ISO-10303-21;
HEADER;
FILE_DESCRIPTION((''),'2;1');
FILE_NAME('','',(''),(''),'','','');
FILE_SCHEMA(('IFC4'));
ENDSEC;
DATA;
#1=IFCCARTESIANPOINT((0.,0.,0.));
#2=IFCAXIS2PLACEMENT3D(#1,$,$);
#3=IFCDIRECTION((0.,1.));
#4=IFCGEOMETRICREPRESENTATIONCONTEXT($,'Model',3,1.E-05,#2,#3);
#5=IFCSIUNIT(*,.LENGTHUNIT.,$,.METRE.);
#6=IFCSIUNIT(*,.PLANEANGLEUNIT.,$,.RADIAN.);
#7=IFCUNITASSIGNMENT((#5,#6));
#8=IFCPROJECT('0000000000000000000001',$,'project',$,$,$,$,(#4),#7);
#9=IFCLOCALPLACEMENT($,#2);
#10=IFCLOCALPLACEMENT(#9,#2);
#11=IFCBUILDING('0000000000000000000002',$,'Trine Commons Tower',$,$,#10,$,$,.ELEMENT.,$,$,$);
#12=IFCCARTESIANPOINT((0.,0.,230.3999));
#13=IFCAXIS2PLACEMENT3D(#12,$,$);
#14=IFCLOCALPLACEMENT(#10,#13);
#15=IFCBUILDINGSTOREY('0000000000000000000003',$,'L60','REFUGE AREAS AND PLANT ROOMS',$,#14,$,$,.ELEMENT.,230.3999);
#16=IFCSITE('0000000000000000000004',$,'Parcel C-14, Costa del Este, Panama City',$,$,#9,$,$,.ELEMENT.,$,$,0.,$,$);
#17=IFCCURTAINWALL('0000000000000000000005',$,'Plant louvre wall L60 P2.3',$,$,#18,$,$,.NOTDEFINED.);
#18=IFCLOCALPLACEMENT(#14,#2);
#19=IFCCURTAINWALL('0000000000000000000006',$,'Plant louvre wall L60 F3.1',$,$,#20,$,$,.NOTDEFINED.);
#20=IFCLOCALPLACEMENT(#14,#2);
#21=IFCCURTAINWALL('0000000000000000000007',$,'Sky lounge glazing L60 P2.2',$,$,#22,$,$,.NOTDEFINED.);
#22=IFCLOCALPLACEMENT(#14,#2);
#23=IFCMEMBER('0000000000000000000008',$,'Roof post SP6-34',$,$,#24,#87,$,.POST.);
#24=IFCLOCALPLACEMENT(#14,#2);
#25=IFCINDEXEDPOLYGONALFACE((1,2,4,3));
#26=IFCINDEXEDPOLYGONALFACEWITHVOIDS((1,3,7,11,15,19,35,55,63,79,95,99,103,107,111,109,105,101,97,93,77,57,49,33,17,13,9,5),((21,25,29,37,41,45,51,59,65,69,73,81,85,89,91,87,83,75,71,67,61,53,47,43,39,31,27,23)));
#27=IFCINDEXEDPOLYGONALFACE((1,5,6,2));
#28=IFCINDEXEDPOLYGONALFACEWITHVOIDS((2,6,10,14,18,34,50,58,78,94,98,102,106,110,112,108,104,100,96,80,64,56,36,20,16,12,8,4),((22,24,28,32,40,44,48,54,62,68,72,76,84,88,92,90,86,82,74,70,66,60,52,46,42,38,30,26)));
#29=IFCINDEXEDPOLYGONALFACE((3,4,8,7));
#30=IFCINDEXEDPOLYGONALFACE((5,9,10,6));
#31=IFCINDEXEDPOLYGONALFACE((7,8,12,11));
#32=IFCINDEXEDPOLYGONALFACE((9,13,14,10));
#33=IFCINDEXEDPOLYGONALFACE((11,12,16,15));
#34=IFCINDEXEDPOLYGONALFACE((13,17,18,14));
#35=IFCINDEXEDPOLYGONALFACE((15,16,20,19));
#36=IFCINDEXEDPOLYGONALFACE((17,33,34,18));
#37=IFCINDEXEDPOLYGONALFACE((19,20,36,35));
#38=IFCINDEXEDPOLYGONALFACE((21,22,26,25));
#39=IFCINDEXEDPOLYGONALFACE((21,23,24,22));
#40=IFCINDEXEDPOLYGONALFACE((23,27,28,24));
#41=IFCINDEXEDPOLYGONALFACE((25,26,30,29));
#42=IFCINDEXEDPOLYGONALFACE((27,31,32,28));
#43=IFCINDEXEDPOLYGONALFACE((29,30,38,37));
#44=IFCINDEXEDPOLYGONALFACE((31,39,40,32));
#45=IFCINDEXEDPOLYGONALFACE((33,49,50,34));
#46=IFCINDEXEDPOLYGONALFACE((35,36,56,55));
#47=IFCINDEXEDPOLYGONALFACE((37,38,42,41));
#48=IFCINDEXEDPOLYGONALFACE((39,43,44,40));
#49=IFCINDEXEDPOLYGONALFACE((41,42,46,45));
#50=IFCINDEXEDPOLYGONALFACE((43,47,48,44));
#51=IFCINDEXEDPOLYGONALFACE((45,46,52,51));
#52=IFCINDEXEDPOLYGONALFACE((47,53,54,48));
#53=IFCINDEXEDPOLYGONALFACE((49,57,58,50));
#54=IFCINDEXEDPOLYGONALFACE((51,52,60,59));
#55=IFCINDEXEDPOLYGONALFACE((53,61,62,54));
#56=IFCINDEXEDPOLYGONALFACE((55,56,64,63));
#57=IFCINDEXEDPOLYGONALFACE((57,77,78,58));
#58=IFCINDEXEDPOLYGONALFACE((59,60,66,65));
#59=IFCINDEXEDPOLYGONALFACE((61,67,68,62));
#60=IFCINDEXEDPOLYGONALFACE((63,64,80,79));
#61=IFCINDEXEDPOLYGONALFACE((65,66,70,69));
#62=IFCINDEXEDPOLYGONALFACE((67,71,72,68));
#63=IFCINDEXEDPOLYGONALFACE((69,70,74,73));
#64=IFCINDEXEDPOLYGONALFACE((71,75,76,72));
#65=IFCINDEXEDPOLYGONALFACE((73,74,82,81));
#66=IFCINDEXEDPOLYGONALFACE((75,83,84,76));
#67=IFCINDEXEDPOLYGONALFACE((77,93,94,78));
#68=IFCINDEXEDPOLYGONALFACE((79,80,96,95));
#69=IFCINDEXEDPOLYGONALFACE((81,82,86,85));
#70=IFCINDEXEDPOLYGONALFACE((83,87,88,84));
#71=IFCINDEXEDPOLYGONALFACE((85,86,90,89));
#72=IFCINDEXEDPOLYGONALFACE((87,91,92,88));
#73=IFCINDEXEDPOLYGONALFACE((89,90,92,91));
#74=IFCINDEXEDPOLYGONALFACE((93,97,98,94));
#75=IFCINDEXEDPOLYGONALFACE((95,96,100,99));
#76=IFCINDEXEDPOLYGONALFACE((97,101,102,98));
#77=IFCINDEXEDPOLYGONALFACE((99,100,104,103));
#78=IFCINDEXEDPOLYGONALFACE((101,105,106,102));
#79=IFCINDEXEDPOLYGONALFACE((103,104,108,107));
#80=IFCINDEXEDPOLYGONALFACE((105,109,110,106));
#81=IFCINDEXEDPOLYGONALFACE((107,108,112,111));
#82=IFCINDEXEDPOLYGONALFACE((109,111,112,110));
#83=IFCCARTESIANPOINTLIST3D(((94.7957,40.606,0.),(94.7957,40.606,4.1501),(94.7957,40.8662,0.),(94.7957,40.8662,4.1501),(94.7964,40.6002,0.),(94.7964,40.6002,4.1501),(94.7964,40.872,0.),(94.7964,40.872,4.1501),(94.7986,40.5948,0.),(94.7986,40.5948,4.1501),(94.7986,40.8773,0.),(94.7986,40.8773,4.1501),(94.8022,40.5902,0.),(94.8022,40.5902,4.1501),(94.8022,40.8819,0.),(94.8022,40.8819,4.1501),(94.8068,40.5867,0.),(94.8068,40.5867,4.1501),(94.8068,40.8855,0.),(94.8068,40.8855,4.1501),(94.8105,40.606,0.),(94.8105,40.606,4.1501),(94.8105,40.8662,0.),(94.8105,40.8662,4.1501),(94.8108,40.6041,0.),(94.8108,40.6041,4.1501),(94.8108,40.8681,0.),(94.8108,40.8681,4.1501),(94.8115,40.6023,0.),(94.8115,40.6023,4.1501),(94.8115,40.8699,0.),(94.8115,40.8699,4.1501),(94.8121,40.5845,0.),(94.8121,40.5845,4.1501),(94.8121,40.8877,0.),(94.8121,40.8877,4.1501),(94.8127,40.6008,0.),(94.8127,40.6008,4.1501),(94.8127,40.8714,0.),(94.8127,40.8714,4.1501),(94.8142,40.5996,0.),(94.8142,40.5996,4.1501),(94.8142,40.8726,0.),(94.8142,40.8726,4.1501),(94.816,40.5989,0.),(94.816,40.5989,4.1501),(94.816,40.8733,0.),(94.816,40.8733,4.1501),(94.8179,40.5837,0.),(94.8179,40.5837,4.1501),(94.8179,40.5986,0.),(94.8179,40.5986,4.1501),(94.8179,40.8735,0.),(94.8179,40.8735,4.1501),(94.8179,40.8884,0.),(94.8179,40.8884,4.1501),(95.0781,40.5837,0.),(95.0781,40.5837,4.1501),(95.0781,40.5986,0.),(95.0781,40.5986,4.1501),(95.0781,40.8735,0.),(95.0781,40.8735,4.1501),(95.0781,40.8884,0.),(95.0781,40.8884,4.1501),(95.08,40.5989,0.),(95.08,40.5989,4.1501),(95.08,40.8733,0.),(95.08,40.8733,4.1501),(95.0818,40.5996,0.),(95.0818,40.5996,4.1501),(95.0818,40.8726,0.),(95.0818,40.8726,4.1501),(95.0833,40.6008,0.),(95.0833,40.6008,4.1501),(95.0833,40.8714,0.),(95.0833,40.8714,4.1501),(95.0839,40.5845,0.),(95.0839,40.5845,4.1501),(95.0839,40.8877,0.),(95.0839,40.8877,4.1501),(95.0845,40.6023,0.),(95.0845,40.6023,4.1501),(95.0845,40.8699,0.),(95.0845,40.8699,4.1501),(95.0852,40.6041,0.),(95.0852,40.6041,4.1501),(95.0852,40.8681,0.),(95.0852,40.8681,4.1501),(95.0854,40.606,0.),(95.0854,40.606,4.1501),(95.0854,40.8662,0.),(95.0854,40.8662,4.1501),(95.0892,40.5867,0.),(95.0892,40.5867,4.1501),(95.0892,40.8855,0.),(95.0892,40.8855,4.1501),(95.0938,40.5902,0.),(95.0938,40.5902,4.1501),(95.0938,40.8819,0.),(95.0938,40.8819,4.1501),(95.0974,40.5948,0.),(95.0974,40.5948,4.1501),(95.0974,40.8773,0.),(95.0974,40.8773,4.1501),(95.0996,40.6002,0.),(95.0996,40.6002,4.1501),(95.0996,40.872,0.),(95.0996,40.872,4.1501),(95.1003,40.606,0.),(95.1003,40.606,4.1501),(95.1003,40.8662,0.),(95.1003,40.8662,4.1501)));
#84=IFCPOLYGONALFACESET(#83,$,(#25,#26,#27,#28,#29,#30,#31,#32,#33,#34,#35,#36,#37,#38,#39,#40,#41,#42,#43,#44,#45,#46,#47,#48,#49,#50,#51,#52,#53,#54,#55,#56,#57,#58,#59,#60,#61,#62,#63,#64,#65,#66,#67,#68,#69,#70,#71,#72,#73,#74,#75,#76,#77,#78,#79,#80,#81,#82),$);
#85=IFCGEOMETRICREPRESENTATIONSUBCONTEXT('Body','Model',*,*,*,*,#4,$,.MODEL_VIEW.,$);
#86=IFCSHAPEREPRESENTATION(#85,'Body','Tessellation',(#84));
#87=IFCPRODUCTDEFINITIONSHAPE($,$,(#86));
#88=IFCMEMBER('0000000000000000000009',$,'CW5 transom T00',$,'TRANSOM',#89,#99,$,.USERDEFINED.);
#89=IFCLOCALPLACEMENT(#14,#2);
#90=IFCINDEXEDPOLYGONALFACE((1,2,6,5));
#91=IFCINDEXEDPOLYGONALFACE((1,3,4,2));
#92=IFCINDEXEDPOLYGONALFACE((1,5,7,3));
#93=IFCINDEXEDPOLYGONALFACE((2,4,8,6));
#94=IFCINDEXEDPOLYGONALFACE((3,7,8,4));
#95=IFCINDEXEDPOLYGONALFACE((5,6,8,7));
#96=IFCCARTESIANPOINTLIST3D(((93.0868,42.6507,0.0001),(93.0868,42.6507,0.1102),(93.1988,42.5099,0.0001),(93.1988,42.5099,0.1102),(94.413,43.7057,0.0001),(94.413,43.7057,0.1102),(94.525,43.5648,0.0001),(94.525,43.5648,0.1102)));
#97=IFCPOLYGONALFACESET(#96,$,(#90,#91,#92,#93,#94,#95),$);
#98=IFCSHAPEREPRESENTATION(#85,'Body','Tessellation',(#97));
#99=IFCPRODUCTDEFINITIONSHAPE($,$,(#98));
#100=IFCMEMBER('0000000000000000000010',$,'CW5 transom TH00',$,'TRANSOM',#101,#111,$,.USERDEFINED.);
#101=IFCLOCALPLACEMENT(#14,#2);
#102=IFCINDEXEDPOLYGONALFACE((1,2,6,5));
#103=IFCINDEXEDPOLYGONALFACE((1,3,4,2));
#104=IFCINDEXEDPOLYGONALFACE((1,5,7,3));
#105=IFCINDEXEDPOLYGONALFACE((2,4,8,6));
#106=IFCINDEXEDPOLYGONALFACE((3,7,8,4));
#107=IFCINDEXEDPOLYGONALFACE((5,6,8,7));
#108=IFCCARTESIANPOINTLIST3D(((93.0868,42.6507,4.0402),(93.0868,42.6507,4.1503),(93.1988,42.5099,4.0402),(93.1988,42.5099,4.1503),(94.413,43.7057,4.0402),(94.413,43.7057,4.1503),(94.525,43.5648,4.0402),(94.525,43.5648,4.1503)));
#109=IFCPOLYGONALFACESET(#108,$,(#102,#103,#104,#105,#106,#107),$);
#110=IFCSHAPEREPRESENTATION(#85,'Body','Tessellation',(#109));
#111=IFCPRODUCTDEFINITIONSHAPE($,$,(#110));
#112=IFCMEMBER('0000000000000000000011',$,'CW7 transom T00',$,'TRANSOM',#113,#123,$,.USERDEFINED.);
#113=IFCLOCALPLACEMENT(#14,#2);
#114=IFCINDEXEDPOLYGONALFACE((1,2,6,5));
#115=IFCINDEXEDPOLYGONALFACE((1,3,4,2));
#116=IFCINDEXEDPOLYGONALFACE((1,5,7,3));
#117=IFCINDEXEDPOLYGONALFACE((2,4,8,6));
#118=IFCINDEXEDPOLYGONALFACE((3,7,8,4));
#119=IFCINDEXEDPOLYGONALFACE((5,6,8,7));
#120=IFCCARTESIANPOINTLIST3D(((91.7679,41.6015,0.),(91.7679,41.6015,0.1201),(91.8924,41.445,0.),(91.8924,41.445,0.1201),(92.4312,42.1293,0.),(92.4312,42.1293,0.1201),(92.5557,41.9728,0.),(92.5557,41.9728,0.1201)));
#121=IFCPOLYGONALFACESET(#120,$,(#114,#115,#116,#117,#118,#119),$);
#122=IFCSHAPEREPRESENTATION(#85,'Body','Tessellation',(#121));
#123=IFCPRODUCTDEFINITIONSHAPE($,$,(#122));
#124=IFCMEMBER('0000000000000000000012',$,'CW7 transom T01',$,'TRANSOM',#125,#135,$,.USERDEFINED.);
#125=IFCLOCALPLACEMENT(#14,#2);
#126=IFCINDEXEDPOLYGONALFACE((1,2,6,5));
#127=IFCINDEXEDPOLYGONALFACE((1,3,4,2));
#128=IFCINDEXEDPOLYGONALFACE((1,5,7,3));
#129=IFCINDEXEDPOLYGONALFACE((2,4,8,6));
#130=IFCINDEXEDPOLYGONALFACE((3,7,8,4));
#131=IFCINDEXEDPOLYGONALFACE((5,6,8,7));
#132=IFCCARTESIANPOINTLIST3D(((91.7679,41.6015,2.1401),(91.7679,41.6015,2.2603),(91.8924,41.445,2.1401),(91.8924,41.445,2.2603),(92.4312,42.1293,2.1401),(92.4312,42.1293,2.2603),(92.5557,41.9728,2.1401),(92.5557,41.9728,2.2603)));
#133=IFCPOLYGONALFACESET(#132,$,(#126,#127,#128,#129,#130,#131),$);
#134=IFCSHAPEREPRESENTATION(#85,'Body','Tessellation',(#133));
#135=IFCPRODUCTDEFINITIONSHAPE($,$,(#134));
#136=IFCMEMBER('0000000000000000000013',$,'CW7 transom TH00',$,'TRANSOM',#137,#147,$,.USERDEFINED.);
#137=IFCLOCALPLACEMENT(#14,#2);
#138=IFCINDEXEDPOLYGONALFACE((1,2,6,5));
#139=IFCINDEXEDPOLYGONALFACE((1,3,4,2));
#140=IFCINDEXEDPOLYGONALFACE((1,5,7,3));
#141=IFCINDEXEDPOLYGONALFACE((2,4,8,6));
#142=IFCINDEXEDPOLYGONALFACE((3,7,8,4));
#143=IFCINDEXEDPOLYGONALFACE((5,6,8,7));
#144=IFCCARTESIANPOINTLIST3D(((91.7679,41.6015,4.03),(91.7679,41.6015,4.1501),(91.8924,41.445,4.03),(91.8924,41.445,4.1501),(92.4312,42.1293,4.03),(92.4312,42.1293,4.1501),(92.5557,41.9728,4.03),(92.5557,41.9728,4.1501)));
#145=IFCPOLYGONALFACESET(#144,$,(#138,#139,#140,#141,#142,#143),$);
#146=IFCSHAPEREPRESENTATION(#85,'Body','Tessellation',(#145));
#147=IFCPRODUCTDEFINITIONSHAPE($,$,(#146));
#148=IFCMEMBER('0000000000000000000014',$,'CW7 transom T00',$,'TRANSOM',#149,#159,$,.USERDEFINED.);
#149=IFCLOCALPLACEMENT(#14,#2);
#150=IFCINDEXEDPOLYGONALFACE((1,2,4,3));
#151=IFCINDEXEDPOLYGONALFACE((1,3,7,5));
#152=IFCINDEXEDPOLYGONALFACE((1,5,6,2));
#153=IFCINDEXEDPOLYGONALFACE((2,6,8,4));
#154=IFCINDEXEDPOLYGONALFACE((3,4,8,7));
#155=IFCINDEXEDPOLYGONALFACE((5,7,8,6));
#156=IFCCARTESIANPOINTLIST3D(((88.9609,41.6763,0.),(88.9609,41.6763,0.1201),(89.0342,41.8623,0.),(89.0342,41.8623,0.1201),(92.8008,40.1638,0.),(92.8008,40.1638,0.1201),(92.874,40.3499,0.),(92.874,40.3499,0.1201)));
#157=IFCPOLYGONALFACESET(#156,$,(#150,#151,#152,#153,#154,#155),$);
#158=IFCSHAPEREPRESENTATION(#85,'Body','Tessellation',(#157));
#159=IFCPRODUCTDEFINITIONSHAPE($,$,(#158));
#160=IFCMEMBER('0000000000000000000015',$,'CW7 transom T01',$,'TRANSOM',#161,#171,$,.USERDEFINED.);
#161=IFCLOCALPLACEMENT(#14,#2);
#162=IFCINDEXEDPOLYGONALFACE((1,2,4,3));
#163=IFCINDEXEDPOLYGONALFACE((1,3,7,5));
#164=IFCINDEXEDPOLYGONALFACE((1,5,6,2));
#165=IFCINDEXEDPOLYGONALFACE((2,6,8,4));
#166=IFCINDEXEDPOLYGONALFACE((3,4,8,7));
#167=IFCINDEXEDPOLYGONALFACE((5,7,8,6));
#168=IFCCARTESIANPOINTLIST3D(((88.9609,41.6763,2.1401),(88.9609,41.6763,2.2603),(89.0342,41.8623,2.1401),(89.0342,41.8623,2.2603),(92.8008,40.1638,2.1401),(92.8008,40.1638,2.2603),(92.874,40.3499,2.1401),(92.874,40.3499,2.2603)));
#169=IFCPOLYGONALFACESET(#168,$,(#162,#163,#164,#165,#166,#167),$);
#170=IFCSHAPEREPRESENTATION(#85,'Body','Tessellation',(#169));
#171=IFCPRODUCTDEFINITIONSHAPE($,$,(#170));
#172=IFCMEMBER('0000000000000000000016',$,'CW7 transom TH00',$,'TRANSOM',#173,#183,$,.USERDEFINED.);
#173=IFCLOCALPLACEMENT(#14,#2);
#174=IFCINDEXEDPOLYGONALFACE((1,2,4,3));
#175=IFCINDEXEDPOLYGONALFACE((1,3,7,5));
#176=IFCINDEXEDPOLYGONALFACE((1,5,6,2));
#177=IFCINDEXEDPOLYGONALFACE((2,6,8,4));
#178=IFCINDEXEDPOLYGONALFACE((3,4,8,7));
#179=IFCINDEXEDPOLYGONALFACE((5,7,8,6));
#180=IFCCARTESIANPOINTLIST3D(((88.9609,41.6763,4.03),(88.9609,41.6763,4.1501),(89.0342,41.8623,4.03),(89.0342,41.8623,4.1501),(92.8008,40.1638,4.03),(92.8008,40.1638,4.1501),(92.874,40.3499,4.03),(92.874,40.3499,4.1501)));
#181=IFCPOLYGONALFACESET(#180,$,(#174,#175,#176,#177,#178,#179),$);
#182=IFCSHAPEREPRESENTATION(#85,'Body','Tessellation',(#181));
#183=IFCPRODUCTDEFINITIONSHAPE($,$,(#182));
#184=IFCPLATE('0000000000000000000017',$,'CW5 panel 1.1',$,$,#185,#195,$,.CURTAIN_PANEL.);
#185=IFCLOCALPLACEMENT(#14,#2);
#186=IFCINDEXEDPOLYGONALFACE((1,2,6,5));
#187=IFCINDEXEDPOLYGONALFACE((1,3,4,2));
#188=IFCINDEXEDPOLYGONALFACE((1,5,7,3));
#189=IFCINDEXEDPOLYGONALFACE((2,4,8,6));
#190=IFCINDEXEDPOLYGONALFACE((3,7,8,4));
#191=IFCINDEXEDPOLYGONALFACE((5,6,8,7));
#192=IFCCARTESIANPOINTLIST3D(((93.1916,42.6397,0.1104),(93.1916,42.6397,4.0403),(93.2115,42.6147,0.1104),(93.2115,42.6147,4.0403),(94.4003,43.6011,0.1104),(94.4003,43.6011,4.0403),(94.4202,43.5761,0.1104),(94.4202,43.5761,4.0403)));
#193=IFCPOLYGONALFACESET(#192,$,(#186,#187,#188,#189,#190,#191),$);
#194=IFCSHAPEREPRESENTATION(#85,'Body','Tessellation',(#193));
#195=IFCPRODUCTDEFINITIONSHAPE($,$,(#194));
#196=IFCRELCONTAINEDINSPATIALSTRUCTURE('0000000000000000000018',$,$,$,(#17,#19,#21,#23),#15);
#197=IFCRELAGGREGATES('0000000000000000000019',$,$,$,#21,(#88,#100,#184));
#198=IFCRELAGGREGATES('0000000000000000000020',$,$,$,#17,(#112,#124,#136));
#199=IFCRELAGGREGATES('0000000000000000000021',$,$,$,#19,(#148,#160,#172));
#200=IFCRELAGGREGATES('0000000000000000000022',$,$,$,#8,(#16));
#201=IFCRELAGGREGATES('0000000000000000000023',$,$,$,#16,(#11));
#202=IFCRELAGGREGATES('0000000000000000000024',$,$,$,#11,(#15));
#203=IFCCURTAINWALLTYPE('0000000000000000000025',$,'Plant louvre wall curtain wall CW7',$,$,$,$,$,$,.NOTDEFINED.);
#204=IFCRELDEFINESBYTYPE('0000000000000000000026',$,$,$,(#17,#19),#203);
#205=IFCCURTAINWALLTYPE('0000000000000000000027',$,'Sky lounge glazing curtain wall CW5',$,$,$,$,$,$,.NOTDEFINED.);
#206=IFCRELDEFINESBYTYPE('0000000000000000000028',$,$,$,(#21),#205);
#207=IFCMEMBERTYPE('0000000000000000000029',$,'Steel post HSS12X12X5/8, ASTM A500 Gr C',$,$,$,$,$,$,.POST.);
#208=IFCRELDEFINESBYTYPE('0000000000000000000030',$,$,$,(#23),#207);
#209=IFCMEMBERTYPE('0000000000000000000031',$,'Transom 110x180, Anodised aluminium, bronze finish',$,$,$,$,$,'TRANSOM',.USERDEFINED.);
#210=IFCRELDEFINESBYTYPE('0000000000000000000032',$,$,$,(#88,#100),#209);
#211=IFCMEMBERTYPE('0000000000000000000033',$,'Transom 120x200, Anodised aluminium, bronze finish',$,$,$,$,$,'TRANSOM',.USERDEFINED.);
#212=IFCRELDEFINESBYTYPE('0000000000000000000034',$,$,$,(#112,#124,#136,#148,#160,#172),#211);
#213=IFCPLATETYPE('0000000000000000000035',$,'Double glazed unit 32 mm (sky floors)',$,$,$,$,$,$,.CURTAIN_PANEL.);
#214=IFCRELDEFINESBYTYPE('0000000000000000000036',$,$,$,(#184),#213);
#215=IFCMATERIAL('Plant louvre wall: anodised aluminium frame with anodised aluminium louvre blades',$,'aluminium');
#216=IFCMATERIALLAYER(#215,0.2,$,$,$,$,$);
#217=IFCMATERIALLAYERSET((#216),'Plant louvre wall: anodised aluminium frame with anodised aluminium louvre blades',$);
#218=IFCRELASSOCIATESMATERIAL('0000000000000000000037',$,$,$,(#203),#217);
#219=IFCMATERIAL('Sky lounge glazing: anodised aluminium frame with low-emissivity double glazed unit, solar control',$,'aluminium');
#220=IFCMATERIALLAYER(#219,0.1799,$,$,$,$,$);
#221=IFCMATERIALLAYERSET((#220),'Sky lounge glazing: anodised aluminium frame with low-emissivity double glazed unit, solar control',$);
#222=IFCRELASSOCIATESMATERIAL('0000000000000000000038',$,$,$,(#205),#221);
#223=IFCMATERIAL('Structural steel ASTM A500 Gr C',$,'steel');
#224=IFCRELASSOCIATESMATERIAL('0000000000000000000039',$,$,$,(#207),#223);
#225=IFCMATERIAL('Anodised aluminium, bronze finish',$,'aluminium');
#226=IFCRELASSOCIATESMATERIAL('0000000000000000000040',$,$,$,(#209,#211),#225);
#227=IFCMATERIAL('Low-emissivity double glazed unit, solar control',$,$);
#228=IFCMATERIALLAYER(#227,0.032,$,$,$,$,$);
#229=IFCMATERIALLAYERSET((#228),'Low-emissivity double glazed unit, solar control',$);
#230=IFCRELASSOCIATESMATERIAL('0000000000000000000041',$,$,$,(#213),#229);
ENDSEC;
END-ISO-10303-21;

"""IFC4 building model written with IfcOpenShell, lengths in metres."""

from ifc_helpers import new_model, si_unit, direction, frame, origin, origin_2d, place, context, subcontext, project, spatial, rectangle, hollow_rectangle, extrude, material, layer, layer_set, material_profile, profile_set, type_object, element, aggregate, save


model = new_model("IFC4")

# Units and contexts
model_context = context("Model", 3, precision=1e-05, world=origin(), true_north=direction((0.0, 1.0)))
body_context = subcontext(model_context, "Body", "Model", "MODEL_VIEW")
ifc_project = project(units=[si_unit("LENGTHUNIT", "METRE"), si_unit("PLANEANGLEUNIT", "RADIAN")], contexts=[model_context])

# Site, building, storey
site_placement = place(None, origin())
site = spatial("IfcSite", under=ifc_project, at=site_placement, Name="Parcel C-14, Costa del Este, Panama City", CompositionType="ELEMENT", RefElevation=0.0)
building_placement = place(site_placement, origin())
building = spatial("IfcBuilding", under=site, at=building_placement, Name="Trine Commons Tower", CompositionType="ELEMENT")
storey_placement = place(building_placement, frame((0.0, 0.0, 230.3999)))
storey = spatial("IfcBuildingStorey", under=building, at=storey_placement, Name="L60", Description="REFUGE AREAS AND PLANT ROOMS", CompositionType="ELEMENT", Elevation=230.3999)

# Curtain walls
ifc_material_1 = material(Name="Plant louvre wall: anodised aluminium frame with anodised aluminium louvre blades", Category="aluminium")
ifc_layer_1 = layer(ifc_material_1, 0.2)
ifc_layer_set_1 = layer_set([ifc_layer_1], Name="Plant louvre wall: anodised aluminium frame with anodised aluminium louvre blades")
curtain_wall_type_1 = type_object("IfcCurtainWallType", Name="Plant louvre wall curtain wall CW7", PredefinedType="NOTDEFINED", material=ifc_layer_set_1)
ifc_material_2 = material(Name="Anodised aluminium, bronze finish", Category="aluminium")
curtain_wall_1_placement = place(storey_placement, origin())
curtain_wall_1 = element("IfcCurtainWall", 1, at=curtain_wall_1_placement, inside=storey, type_object=curtain_wall_type_1, Name="Plant louvre wall L60 P2.3", PredefinedType="NOTDEFINED")
curtain_wall_2_placement = place(storey_placement, origin())
curtain_wall_2 = element("IfcCurtainWall", 2, at=curtain_wall_2_placement, inside=storey, type_object=curtain_wall_type_1, Name="Plant louvre wall L60 F3.1", PredefinedType="NOTDEFINED")
ifc_material_3 = material(Name="Sky lounge glazing: anodised aluminium frame with low-emissivity double glazed unit, solar control", Category="aluminium")
ifc_layer_2 = layer(ifc_material_3, 0.1799)
ifc_layer_set_2 = layer_set([ifc_layer_2], Name="Sky lounge glazing: anodised aluminium frame with low-emissivity double glazed unit, solar control")
curtain_wall_type_2 = type_object("IfcCurtainWallType", Name="Sky lounge glazing curtain wall CW5", PredefinedType="NOTDEFINED", material=ifc_layer_set_2)
curtain_wall_3_placement = place(storey_placement, origin())
curtain_wall_3 = element("IfcCurtainWall", 3, at=curtain_wall_3_placement, inside=storey, type_object=curtain_wall_type_2, Name="Sky lounge glazing L60 P2.2", PredefinedType="NOTDEFINED")

# Member
ifc_material_4 = material(Name="Structural steel ASTM A500 Gr C", Category="steel")
ifc_material_profile_1 = material_profile(ifc_material_4, hollow_rectangle(XDim=0.3047, YDim=0.3047, WallThickness=0.0149, InnerFilletRadius=0.0073, OuterFilletRadius=0.0222, at=origin_2d()), Name="HSS12X12X5/8")
ifc_profile_set_1 = profile_set([ifc_material_profile_1], Name="Structural steel ASTM A500 Gr C")
member_type_1 = type_object("IfcMemberType", Name="Steel post HSS12X12X5/8, ASTM A500 Gr C", PredefinedType="POST", material=ifc_profile_set_1)
member_1_placement = place(storey_placement, frame((94.948, 40.7361, 0.0), z_axis=(0.0, 0.0, 1.0), x_axis=(1.0, 0.0, 0.0)))
element("IfcMember", 4, at=member_1_placement, inside=storey, type_object=member_type_1, Name="Roof post SP6-34", PredefinedType="POST", context=body_context, shape_type="SweptSolid", body=[
    extrude(hollow_rectangle(XDim=0.3047, YDim=0.3047, WallThickness=0.0149, InnerFilletRadius=0.0073, OuterFilletRadius=0.0222, at=origin_2d()), origin(), (0.0, 0.0, 1.0), 4.1501),
])

# Members
ifc_material_profile_2 = material_profile(ifc_material_2, rectangle(XDim=0.1799, YDim=0.1101, at=origin_2d()), Name="Transom 110x180")
ifc_profile_set_2 = profile_set([ifc_material_profile_2], Name="Anodised aluminium, bronze finish")
member_type_2 = type_object("IfcMemberType", Name="Transom 110x180, Anodised aluminium, bronze finish", ElementType="TRANSOM", PredefinedType="USERDEFINED", material=ifc_profile_set_2)
member_2_placement = place(storey_placement, frame((94.469, 43.6353, 0.0552), z_axis=(-0.782595, -0.622532, 0.0), x_axis=(0.622532, -0.782595, 0.0)))
member_2 = element("IfcMember", 5, at=member_2_placement, type_object=member_type_2, Name="CW5 transom T00", ObjectType="TRANSOM", PredefinedType="USERDEFINED", context=body_context, shape_type="SweptSolid", body=[
    extrude(rectangle(XDim=0.1799, YDim=0.1101, at=origin_2d()), origin(), (0.0, 0.0, 1.0), 1.6946),
])
member_3_placement = place(storey_placement, frame((94.469, 43.6353, 4.0952), z_axis=(-0.782595, -0.622532, 0.0), x_axis=(0.622532, -0.782595, 0.0)))
member_3 = element("IfcMember", 6, at=member_3_placement, type_object=member_type_2, Name="CW5 transom TH00", ObjectType="TRANSOM", PredefinedType="USERDEFINED", context=body_context, shape_type="SweptSolid", body=[
    extrude(rectangle(XDim=0.1799, YDim=0.1101, at=origin_2d()), origin(), (0.0, 0.0, 1.0), 1.6946),
])
ifc_material_profile_3 = material_profile(ifc_material_2, rectangle(XDim=0.2, YDim=0.1201, at=origin_2d()), Name="Transom 120x200")
ifc_profile_set_3 = profile_set([ifc_material_profile_3], Name="Anodised aluminium, bronze finish")
member_type_3 = type_object("IfcMemberType", Name="Transom 120x200, Anodised aluminium, bronze finish", ElementType="TRANSOM", PredefinedType="USERDEFINED", material=ifc_profile_set_3)
member_4_placement = place(storey_placement, frame((92.4934, 42.051, 0.0601), z_axis=(-0.782496, -0.622656, 0.0), x_axis=(0.622656, -0.782496, 0.0)))
member_4 = element("IfcMember", 7, at=member_4_placement, type_object=member_type_3, Name="CW7 transom T00", ObjectType="TRANSOM", PredefinedType="USERDEFINED", context=body_context, shape_type="SweptSolid", body=[
    extrude(rectangle(XDim=0.2, YDim=0.1201, at=origin_2d()), origin(), (0.0, 0.0, 1.0), 0.8477),
])
member_5_placement = place(storey_placement, frame((92.4934, 42.051, 2.2002), z_axis=(-0.782496, -0.622656, 0.0), x_axis=(0.622656, -0.782496, 0.0)))
member_5 = element("IfcMember", 8, at=member_5_placement, type_object=member_type_3, Name="CW7 transom T01", ObjectType="TRANSOM", PredefinedType="USERDEFINED", context=body_context, shape_type="SweptSolid", body=[
    extrude(rectangle(XDim=0.2, YDim=0.1201, at=origin_2d()), origin(), (0.0, 0.0, 1.0), 0.8477),
])
member_6_placement = place(storey_placement, frame((92.4934, 42.051, 4.0901), z_axis=(-0.782496, -0.622656, 0.0), x_axis=(0.622656, -0.782496, 0.0)))
member_6 = element("IfcMember", 9, at=member_6_placement, type_object=member_type_3, Name="CW7 transom TH00", ObjectType="TRANSOM", PredefinedType="USERDEFINED", context=body_context, shape_type="SweptSolid", body=[
    extrude(rectangle(XDim=0.2, YDim=0.1201, at=origin_2d()), origin(), (0.0, 0.0, 1.0), 0.8477),
])
member_7_placement = place(storey_placement, frame((92.8374, 40.2568, 0.0601), z_axis=(-0.930426, 0.36648, 0.0), x_axis=(-0.36648, -0.930426, 0.0)))
member_7 = element("IfcMember", 10, at=member_7_placement, type_object=member_type_3, Name="CW7 transom T00", ObjectType="TRANSOM", PredefinedType="USERDEFINED", context=body_context, shape_type="SweptSolid", body=[
    extrude(rectangle(XDim=0.2, YDim=0.1201, at=origin_2d()), origin(), (0.0, 0.0, 1.0), 4.127),
])
member_8_placement = place(storey_placement, frame((92.8374, 40.2568, 2.2002), z_axis=(-0.930426, 0.36648, 0.0), x_axis=(-0.36648, -0.930426, 0.0)))
member_8 = element("IfcMember", 11, at=member_8_placement, type_object=member_type_3, Name="CW7 transom T01", ObjectType="TRANSOM", PredefinedType="USERDEFINED", context=body_context, shape_type="SweptSolid", body=[
    extrude(rectangle(XDim=0.2, YDim=0.1201, at=origin_2d()), origin(), (0.0, 0.0, 1.0), 4.127),
])
member_9_placement = place(storey_placement, frame((92.8374, 40.2568, 4.0901), z_axis=(-0.930426, 0.36648, 0.0), x_axis=(-0.36648, -0.930426, 0.0)))
member_9 = element("IfcMember", 12, at=member_9_placement, type_object=member_type_3, Name="CW7 transom TH00", ObjectType="TRANSOM", PredefinedType="USERDEFINED", context=body_context, shape_type="SweptSolid", body=[
    extrude(rectangle(XDim=0.2, YDim=0.1201, at=origin_2d()), origin(), (0.0, 0.0, 1.0), 4.127),
])

# Plate
ifc_material_5 = material(Name="Low-emissivity double glazed unit, solar control")
ifc_layer_3 = layer(ifc_material_5, 0.032)
ifc_layer_set_3 = layer_set([ifc_layer_3], Name="Low-emissivity double glazed unit, solar control")
plate_type_1 = type_object("IfcPlateType", Name="Double glazed unit 32 mm (sky floors)", PredefinedType="CURTAIN_PANEL", material=ifc_layer_set_3)
plate_1_placement = place(storey_placement, frame((93.8059, 43.1079, 0.1104), z_axis=(0.0, 0.0, 1.0), x_axis=(-0.782608, -0.622515, 0.0)))
plate_1 = element("IfcPlate", 13, at=plate_1_placement, type_object=plate_type_1, Name="CW5 panel 1.1", PredefinedType="CURTAIN_PANEL", context=body_context, shape_type="SweptSolid", body=[
    extrude(rectangle(XDim=1.5444, YDim=0.032, at=origin_2d()), origin(), (0.0, 0.0, 1.0), 3.9299),
])
aggregate(curtain_wall_3, [member_2, member_3, plate_1])
aggregate(curtain_wall_1, [member_4, member_5, member_6])
aggregate(curtain_wall_2, [member_7, member_8, member_9])

save(model, "model.ifc")
